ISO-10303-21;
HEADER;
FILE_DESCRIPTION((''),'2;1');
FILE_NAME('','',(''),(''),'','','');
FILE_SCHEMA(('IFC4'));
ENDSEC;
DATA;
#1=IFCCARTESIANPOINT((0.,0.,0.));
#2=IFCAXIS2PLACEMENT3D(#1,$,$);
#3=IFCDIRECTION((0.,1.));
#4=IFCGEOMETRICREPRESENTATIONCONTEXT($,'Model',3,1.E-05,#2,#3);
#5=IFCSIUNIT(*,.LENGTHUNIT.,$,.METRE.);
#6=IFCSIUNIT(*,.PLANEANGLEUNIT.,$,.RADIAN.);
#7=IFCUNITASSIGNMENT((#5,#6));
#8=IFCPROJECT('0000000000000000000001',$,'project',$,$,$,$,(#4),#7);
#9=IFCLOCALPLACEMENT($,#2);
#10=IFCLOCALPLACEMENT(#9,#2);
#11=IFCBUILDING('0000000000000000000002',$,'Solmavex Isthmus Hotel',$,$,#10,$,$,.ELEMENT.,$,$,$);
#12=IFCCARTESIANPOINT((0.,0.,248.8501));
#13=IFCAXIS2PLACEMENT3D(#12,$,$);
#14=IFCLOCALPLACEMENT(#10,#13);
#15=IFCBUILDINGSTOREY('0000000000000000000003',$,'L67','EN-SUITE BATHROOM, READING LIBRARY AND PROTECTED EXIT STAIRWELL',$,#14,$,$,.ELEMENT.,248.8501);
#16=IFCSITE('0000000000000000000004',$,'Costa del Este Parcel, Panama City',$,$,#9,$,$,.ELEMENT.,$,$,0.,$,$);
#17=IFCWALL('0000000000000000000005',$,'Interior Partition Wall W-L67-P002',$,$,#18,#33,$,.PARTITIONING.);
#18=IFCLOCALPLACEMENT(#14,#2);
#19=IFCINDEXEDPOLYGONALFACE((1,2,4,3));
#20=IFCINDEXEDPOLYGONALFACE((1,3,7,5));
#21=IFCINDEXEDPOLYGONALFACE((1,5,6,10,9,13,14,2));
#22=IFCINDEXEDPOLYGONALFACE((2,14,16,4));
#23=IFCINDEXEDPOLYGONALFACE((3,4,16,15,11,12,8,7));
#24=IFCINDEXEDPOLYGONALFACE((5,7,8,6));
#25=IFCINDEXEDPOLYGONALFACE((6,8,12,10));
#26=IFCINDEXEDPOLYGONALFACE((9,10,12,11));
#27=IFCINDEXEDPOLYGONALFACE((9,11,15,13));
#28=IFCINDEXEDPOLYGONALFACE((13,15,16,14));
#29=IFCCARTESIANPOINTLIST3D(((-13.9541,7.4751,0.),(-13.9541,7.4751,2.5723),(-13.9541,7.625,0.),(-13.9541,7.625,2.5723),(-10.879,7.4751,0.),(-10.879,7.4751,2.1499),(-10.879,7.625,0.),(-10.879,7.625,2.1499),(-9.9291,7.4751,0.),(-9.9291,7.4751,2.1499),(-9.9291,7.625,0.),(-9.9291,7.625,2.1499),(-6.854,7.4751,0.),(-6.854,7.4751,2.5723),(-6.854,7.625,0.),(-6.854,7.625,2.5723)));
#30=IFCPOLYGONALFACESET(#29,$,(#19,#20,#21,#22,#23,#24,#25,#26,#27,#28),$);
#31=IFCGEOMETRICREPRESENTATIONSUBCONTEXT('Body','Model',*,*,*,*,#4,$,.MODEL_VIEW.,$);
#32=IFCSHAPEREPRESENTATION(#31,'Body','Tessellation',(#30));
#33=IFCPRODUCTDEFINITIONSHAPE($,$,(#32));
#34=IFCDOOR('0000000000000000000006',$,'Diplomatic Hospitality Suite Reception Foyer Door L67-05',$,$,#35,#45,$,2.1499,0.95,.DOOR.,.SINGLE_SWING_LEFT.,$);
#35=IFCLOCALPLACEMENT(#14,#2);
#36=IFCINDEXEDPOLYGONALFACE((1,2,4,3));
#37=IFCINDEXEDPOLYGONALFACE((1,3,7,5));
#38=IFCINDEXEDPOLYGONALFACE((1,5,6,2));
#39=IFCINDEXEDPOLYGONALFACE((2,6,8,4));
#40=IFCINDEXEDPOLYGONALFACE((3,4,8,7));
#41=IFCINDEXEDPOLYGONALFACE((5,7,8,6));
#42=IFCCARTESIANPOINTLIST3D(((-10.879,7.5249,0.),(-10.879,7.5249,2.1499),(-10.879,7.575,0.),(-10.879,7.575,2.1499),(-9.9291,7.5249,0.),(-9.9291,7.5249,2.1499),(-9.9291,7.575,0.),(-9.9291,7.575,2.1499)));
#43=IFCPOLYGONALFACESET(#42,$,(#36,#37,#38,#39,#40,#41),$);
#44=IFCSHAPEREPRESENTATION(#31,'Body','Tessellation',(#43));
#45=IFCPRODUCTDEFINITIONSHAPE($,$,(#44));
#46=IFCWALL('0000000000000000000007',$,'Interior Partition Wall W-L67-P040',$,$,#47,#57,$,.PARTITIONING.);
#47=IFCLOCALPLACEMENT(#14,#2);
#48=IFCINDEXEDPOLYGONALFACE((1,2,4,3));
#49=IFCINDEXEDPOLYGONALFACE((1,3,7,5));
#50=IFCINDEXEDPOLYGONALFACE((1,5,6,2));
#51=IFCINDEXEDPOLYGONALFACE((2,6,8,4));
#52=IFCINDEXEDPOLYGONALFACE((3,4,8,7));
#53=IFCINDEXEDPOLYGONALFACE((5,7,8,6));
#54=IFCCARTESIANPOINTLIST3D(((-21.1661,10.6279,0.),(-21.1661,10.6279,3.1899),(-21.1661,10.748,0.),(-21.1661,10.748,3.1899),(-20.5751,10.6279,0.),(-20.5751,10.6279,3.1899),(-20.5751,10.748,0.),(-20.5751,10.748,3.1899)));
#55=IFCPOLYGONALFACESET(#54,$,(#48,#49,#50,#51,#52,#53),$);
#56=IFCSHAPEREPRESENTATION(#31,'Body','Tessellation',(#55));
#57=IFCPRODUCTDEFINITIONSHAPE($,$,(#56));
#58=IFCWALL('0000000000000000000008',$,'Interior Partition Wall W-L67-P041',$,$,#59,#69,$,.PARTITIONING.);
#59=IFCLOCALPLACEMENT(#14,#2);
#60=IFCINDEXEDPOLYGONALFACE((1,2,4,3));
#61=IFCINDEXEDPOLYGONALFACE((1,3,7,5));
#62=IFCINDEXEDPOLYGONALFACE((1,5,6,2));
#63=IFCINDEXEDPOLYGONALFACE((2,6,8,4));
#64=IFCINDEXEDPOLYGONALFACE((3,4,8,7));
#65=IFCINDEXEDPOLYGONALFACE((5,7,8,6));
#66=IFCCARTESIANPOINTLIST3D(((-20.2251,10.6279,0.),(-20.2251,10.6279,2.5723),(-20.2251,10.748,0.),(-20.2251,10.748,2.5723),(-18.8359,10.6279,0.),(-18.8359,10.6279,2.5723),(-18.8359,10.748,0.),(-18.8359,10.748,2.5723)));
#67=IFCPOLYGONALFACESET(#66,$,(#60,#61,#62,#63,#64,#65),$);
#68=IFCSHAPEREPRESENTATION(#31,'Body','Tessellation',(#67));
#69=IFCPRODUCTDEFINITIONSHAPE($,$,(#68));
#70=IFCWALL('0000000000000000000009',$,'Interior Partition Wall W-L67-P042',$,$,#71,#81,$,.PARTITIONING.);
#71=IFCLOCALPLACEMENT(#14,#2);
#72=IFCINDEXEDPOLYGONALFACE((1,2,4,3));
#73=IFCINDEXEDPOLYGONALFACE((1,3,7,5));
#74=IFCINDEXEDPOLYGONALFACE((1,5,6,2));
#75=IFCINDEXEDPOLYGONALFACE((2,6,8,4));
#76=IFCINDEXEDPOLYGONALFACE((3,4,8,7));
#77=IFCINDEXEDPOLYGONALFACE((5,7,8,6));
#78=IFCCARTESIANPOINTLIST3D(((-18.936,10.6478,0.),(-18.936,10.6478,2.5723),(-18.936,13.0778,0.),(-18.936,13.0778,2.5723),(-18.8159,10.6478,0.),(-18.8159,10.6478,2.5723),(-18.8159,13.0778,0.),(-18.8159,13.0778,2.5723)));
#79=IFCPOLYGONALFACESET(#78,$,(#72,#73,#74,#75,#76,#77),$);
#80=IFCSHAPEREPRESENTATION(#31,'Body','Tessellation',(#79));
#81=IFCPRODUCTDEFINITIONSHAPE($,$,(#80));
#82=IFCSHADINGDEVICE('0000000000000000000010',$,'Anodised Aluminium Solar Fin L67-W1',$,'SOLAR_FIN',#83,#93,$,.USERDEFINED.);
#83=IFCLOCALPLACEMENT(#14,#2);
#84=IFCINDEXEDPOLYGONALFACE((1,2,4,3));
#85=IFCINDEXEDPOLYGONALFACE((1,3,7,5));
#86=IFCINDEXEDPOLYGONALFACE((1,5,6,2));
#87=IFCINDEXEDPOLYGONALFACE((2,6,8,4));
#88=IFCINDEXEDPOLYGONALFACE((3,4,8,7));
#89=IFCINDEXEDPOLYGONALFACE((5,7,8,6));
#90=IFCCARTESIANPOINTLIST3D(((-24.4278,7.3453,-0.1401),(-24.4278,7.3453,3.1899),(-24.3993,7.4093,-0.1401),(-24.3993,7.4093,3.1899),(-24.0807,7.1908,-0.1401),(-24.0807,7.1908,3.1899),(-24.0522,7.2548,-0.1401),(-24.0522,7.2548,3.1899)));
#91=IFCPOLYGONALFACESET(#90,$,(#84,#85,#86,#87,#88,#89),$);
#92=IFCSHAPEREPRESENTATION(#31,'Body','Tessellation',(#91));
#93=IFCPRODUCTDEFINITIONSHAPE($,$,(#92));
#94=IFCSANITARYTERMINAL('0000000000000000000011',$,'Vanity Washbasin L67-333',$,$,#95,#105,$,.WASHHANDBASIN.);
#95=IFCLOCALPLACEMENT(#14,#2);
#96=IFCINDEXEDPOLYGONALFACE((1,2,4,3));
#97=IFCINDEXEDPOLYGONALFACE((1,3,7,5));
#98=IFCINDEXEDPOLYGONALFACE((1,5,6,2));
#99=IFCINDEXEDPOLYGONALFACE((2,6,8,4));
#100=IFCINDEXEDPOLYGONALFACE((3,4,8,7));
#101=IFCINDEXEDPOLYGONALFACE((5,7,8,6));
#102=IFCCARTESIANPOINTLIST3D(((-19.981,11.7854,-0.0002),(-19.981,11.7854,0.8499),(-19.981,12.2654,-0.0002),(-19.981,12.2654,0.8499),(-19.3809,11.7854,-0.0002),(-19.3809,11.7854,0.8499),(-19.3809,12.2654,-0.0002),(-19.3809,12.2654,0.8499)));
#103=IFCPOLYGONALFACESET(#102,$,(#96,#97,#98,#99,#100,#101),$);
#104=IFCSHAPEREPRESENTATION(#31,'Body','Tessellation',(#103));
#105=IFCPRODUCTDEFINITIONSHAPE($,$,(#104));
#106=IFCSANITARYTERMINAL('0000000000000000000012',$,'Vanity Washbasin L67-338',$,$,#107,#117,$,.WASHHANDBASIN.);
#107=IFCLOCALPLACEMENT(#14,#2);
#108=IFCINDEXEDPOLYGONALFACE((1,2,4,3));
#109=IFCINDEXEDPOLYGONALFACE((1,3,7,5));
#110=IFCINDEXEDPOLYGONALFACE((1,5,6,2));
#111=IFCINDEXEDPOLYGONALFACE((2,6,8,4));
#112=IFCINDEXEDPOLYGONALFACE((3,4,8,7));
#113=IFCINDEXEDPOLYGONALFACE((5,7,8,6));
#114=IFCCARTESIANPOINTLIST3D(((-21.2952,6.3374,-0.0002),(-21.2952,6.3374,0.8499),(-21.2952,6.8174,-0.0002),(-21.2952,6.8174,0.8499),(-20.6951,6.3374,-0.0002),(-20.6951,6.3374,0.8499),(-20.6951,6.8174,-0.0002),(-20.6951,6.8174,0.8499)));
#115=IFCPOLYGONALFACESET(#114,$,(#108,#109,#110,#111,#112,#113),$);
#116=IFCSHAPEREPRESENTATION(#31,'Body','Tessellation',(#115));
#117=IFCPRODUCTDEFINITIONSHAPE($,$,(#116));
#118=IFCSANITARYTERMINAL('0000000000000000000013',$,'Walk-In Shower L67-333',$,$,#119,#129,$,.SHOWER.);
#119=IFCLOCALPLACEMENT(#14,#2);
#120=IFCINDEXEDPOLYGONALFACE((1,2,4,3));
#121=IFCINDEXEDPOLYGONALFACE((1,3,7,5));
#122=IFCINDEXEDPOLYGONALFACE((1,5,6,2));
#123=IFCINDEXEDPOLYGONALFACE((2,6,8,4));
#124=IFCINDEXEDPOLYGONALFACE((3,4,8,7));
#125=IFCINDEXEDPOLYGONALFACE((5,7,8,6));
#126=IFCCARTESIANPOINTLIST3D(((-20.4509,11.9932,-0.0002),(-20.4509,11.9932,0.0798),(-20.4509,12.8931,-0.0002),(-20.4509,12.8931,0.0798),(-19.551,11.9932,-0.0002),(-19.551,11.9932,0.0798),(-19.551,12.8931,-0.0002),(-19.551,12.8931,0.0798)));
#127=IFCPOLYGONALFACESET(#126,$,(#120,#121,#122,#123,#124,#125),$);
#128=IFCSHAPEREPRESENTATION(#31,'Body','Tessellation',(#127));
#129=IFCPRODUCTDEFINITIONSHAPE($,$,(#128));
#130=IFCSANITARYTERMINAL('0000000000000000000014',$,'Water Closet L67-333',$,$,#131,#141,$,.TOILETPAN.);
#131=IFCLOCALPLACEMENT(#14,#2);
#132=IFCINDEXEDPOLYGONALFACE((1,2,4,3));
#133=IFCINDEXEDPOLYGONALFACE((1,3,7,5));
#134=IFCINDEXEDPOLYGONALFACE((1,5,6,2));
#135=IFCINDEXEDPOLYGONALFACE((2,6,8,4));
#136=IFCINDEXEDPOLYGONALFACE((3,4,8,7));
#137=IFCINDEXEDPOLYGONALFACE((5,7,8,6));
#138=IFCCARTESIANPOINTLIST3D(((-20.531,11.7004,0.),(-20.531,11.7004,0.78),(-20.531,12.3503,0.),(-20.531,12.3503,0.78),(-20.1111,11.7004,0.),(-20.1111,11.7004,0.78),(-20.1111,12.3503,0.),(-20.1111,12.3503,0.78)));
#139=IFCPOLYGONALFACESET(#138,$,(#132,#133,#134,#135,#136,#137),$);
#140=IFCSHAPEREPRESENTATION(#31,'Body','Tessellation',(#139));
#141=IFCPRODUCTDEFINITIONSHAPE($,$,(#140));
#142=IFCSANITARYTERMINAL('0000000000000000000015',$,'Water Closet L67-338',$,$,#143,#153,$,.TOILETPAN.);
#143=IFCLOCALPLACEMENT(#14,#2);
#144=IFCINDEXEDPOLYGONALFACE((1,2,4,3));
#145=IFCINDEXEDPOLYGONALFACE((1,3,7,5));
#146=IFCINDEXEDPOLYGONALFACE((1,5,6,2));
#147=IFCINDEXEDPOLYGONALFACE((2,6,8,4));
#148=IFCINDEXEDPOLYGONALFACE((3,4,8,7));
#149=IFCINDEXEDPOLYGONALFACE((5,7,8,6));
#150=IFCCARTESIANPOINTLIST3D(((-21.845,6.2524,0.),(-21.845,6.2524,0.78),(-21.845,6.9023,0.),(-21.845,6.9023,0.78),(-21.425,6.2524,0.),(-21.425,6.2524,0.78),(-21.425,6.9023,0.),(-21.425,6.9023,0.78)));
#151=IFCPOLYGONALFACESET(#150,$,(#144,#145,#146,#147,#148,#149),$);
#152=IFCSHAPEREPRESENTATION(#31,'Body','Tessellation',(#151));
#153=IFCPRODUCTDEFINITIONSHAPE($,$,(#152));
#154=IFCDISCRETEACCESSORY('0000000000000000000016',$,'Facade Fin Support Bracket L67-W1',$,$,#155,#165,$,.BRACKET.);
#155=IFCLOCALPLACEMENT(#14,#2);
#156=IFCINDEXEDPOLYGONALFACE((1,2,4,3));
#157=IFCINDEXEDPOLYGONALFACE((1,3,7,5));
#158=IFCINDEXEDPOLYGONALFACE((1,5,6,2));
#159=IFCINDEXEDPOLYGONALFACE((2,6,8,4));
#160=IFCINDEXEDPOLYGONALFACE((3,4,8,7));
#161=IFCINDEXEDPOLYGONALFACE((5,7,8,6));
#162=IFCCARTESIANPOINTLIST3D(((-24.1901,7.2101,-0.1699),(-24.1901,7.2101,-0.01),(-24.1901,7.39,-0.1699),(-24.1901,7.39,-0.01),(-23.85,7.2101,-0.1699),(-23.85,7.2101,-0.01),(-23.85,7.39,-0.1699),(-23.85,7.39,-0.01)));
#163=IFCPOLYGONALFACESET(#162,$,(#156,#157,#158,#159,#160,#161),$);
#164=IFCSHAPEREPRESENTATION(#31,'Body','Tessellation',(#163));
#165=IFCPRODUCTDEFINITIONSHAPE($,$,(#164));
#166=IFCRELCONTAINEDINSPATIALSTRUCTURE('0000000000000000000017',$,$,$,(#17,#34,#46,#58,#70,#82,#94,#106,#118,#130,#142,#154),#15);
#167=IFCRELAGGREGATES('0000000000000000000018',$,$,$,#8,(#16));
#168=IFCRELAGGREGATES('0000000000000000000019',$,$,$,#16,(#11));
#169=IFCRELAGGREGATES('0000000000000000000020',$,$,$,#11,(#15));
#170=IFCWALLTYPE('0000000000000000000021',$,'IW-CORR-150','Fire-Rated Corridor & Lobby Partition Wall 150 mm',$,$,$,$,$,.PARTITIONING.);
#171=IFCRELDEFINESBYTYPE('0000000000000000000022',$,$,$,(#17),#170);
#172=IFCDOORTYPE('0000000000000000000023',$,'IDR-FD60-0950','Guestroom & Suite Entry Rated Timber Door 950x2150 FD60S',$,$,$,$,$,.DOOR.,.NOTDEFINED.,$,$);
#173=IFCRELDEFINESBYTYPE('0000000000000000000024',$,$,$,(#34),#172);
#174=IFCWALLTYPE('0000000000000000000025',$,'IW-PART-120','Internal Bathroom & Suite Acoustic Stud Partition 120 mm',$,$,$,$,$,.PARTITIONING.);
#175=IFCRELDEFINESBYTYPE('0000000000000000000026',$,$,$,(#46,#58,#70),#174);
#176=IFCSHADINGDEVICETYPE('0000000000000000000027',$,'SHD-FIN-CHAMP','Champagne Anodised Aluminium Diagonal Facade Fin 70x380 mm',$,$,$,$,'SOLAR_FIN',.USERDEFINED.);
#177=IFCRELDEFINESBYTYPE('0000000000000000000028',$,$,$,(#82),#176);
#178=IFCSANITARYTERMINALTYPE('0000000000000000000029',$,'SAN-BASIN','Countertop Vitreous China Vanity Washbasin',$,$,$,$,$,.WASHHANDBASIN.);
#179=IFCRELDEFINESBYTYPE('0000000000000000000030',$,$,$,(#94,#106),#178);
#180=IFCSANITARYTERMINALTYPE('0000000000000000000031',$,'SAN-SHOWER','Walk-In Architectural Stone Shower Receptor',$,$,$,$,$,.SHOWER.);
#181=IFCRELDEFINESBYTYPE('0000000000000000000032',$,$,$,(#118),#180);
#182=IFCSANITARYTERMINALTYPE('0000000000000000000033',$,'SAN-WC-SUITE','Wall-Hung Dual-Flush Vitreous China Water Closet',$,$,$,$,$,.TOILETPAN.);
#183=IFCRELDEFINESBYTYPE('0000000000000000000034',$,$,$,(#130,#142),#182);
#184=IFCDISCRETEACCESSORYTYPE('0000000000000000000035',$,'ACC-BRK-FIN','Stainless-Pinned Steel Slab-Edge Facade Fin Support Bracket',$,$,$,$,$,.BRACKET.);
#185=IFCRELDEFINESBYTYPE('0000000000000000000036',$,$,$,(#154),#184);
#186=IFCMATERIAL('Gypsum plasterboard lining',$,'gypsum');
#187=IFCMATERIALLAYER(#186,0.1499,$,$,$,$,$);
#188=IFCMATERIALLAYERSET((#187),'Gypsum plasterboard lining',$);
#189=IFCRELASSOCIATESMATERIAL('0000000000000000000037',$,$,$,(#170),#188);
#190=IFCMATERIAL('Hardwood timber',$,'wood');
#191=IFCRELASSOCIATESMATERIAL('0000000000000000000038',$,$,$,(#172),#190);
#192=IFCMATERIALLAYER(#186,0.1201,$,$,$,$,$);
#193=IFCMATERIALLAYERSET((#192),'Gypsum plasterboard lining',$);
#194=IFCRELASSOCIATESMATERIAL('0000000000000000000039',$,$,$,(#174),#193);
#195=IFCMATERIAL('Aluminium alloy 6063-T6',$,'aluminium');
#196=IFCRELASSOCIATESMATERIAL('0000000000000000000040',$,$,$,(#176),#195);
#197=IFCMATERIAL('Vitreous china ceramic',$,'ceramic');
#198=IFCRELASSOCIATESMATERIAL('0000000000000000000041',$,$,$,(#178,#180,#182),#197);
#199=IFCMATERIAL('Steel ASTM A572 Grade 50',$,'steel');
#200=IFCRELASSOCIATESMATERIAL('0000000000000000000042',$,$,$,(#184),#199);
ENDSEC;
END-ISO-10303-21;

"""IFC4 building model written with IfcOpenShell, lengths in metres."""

from ifc_helpers import new_model, si_unit, direction, frame, frame_2d, origin, origin_2d, place, context, subcontext, project, spatial, rectangle, extrude, material, layer, layer_set, type_object, element, fill, save


model = new_model("IFC4")

# Units and contexts
model_context = context("Model", 3, precision=1e-05, world=origin(), true_north=direction((0.0, 1.0)))
body_context = subcontext(model_context, "Body", "Model", "MODEL_VIEW")
ifc_project = project(units=[si_unit("LENGTHUNIT", "METRE"), si_unit("PLANEANGLEUNIT", "RADIAN")], contexts=[model_context])

# Site, building, storey
site_placement = place(None, origin())
site = spatial("IfcSite", under=ifc_project, at=site_placement, Name="Costa del Este Parcel, Panama City", CompositionType="ELEMENT", RefElevation=0.0)
building_placement = place(site_placement, origin())
building = spatial("IfcBuilding", under=site, at=building_placement, Name="Solmavex Isthmus Hotel", CompositionType="ELEMENT")
storey_placement = place(building_placement, frame((0.0, 0.0, 248.8501)))
storey = spatial("IfcBuildingStorey", under=building, at=storey_placement, Name="L67", Description="EN-SUITE BATHROOM, READING LIBRARY AND PROTECTED EXIT STAIRWELL", CompositionType="ELEMENT", Elevation=248.8501)

# Shared definitions
ifc_material_1 = material(Name="Aluminium alloy 6063-T6", Category="aluminium")

# Shared definitions
ifc_material_2 = material(Name="Gypsum plasterboard lining", Category="gypsum")

# Wall, opening, door
ifc_layer_1 = layer(ifc_material_2, 0.1499)
ifc_layer_set_1 = layer_set([ifc_layer_1], Name="Gypsum plasterboard lining")
wall_type_1 = type_object("IfcWallType", Name="IW-CORR-150", Description="Fire-Rated Corridor & Lobby Partition Wall 150 mm", PredefinedType="PARTITIONING", material=ifc_layer_set_1)
ifc_material_3 = material(Name="Hardwood timber", Category="wood")
door_type = type_object("IfcDoorType", Name="IDR-FD60-0950", Description="Guestroom & Suite Entry Rated Timber Door 950x2150 FD60S", OperationType="NOTDEFINED", PredefinedType="DOOR", material=ifc_material_3)
wall_1_placement = place(storey_placement, frame((-13.9541, 7.55, 0.0), z_axis=(0.0, 0.0, 1.0), x_axis=(1.0, 0.0, 0.0)))
wall_1 = element("IfcWall", 1, at=wall_1_placement, inside=storey, type_object=wall_type_1, Name="Interior Partition Wall W-L67-P002", PredefinedType="PARTITIONING", context=body_context, shape_type="SweptSolid", body=[
    extrude(rectangle(XDim=7.1001, YDim=0.1499, at=frame_2d((3.55, 0.0))), origin(), (0.0, 0.0, 1.0), 2.5723),
])
opening_1_placement = place(wall_1_placement, frame((3.075, 0.0, 0.0)))
opening_1 = element("IfcOpeningElement", 2, at=opening_1_placement, cuts=wall_1, PredefinedType="OPENING", context=body_context, shape_type="SweptSolid", body=[
    extrude(rectangle(XDim=0.95, YDim=2.1499, at=frame_2d((0.4751, 1.075))), frame((0.0, 0.085, 0.0), z_axis=(0.0, -1.0, 0.0), x_axis=(1.0, 0.0, 0.0)), (0.0, 0.0, 1.0), 0.1699),
])
door_1_placement = place(opening_1_placement, origin())
door_1 = element("IfcDoor", 3, at=door_1_placement, inside=storey, type_object=door_type, Name="Diplomatic Hospitality Suite Reception Foyer Door L67-05", OperationType="SINGLE_SWING_LEFT", OverallHeight=2.1499, OverallWidth=0.95, PredefinedType="DOOR", context=body_context, shape_type="SweptSolid", body=[
    extrude(rectangle(XDim=0.95, YDim=2.1499, at=frame_2d((0.4751, 1.075))), frame((0.0, 0.0249, 0.0), z_axis=(0.0, -1.0, 0.0), x_axis=(1.0, 0.0, 0.0)), (0.0, 0.0, 1.0), 0.05),
])
fill(opening_1, door_1)

# Walls
ifc_layer_2 = layer(ifc_material_2, 0.1201)
ifc_layer_set_2 = layer_set([ifc_layer_2], Name="Gypsum plasterboard lining")
wall_type_2 = type_object("IfcWallType", Name="IW-PART-120", Description="Internal Bathroom & Suite Acoustic Stud Partition 120 mm", PredefinedType="PARTITIONING", material=ifc_layer_set_2)
wall_2_placement = place(storey_placement, frame((-21.166, 10.688, 0.0), z_axis=(0.0, 0.0, 1.0), x_axis=(1.0, 0.0, 0.0)))
element("IfcWall", 4, at=wall_2_placement, inside=storey, type_object=wall_type_2, Name="Interior Partition Wall W-L67-P040", PredefinedType="PARTITIONING", context=body_context, shape_type="SweptSolid", body=[
    extrude(rectangle(XDim=0.5911, YDim=0.1201, at=frame_2d((0.2954, 0.0))), origin(), (0.0, 0.0, 1.0), 3.1899),
])
wall_3_placement = place(storey_placement, frame((-20.2251, 10.688, 0.0), z_axis=(0.0, 0.0, 1.0), x_axis=(1.0, 0.0, 0.0)))
element("IfcWall", 5, at=wall_3_placement, inside=storey, type_object=wall_type_2, Name="Interior Partition Wall W-L67-P041", PredefinedType="PARTITIONING", context=body_context, shape_type="SweptSolid", body=[
    extrude(rectangle(XDim=1.3892, YDim=0.1201, at=frame_2d((0.6946, 0.0))), origin(), (0.0, 0.0, 1.0), 2.5723),
])
wall_4_placement = place(storey_placement, frame((-18.876, 10.6479, 0.0), z_axis=(0.0, 0.0, 1.0), x_axis=(0.0, 1.0, 0.0)))
element("IfcWall", 6, at=wall_4_placement, inside=storey, type_object=wall_type_2, Name="Interior Partition Wall W-L67-P042", PredefinedType="PARTITIONING", context=body_context, shape_type="SweptSolid", body=[
    extrude(rectangle(XDim=2.4299, YDim=0.1201, at=frame_2d((1.2148, 0.0))), origin(), (0.0, 0.0, 1.0), 2.5723),
])

# Shading device
shading_device_type = type_object("IfcShadingDeviceType", Name="SHD-FIN-CHAMP", Description="Champagne Anodised Aluminium Diagonal Facade Fin 70x380 mm", ElementType="SOLAR_FIN", PredefinedType="USERDEFINED", material=ifc_material_1)
shading_device_placement = place(storey_placement, frame((-24.24, 7.3, -0.1401), z_axis=(0.0, 0.0, 1.0), x_axis=(-0.913545, 0.406737, 0.0)))
element("IfcShadingDevice", 7, at=shading_device_placement, inside=storey, type_object=shading_device_type, Name="Anodised Aluminium Solar Fin L67-W1", ObjectType="SOLAR_FIN", PredefinedType="USERDEFINED", context=body_context, shape_type="SweptSolid", body=[
    extrude(rectangle(XDim=0.3799, YDim=0.0701, at=origin_2d()), origin(), (0.0, 0.0, 1.0), 3.3301),
])

# Sanitary terminals
ifc_material_4 = material(Name="Vitreous china ceramic", Category="ceramic")
sanitary_terminal_type_1 = type_object("IfcSanitaryTerminalType", Name="SAN-BASIN", Description="Countertop Vitreous China Vanity Washbasin", PredefinedType="WASHHANDBASIN", material=ifc_material_4)
for number, where, z_axis, x_axis, name in (
    (8, (-19.6809, 12.0254, -0.0002), (0.0, 0.0, 1.0), (1.0, 0.0, 0.0), "Vanity Washbasin L67-333"),
    (9, (-20.9951, 6.5774, -0.0002), (0.0, 0.0, 1.0), (1.0, 0.0, 0.0), "Vanity Washbasin L67-338"),
):
    element("IfcSanitaryTerminal", number, at=place(storey_placement, frame(where, z_axis=z_axis, x_axis=x_axis)), inside=storey, type_object=sanitary_terminal_type_1, Name=name, PredefinedType="WASHHANDBASIN", context=body_context, shape_type="SweptSolid", body=[
        extrude(rectangle(XDim=0.6001, YDim=0.48, at=origin_2d()), origin(), (0.0, 0.0, 1.0), 0.8501),
    ])
sanitary_terminal_type_2 = type_object("IfcSanitaryTerminalType", Name="SAN-SHOWER", Description="Walk-In Architectural Stone Shower Receptor", PredefinedType="SHOWER", material=ifc_material_4)
sanitary_terminal_placement = place(storey_placement, frame((-20.001, 12.4431, -0.0002), z_axis=(0.0, 0.0, 1.0), x_axis=(1.0, 0.0, 0.0)))
element("IfcSanitaryTerminal", 10, at=sanitary_terminal_placement, inside=storey, type_object=sanitary_terminal_type_2, Name="Walk-In Shower L67-333", PredefinedType="SHOWER", context=body_context, shape_type="SweptSolid", body=[
    extrude(rectangle(XDim=0.8999, YDim=0.8999, at=origin_2d()), origin(), (0.0, 0.0, 1.0), 0.0801),
])
sanitary_terminal_type_3 = type_object("IfcSanitaryTerminalType", Name="SAN-WC-SUITE", Description="Wall-Hung Dual-Flush Vitreous China Water Closet", PredefinedType="TOILETPAN", material=ifc_material_4)
for number, where, z_axis, x_axis, name in (
    (11, (-20.321, 12.0254, 0.0), (0.0, 0.0, 1.0), (1.0, 0.0, 0.0), "Water Closet L67-333"),
    (12, (-21.635, 6.5774, 0.0), (0.0, 0.0, 1.0), (1.0, 0.0, 0.0), "Water Closet L67-338"),
):
    element("IfcSanitaryTerminal", number, at=place(storey_placement, frame(where, z_axis=z_axis, x_axis=x_axis)), inside=storey, type_object=sanitary_terminal_type_3, Name=name, PredefinedType="TOILETPAN", context=body_context, shape_type="SweptSolid", body=[
        extrude(rectangle(XDim=0.4199, YDim=0.6499, at=origin_2d()), origin(), (0.0, 0.0, 1.0), 0.78),
    ])

# Discrete accessory
ifc_material_5 = material(Name="Steel ASTM A572 Grade 50", Category="steel")
discrete_accessory_type = type_object("IfcDiscreteAccessoryType", Name="ACC-BRK-FIN", Description="Stainless-Pinned Steel Slab-Edge Facade Fin Support Bracket", PredefinedType="BRACKET", material=ifc_material_5)
discrete_accessory_placement = place(storey_placement, frame((-24.02, 7.3, -0.1699), z_axis=(0.0, 0.0, 1.0), x_axis=(-1.0, 0.0, 0.0)))
element("IfcDiscreteAccessory", 13, at=discrete_accessory_placement, inside=storey, type_object=discrete_accessory_type, Name="Facade Fin Support Bracket L67-W1", PredefinedType="BRACKET", context=body_context, shape_type="SweptSolid", body=[
    extrude(rectangle(XDim=0.3401, YDim=0.1799, at=origin_2d()), origin(), (0.0, 0.0, 1.0), 0.1599),
])

save(model, "model.ifc")
